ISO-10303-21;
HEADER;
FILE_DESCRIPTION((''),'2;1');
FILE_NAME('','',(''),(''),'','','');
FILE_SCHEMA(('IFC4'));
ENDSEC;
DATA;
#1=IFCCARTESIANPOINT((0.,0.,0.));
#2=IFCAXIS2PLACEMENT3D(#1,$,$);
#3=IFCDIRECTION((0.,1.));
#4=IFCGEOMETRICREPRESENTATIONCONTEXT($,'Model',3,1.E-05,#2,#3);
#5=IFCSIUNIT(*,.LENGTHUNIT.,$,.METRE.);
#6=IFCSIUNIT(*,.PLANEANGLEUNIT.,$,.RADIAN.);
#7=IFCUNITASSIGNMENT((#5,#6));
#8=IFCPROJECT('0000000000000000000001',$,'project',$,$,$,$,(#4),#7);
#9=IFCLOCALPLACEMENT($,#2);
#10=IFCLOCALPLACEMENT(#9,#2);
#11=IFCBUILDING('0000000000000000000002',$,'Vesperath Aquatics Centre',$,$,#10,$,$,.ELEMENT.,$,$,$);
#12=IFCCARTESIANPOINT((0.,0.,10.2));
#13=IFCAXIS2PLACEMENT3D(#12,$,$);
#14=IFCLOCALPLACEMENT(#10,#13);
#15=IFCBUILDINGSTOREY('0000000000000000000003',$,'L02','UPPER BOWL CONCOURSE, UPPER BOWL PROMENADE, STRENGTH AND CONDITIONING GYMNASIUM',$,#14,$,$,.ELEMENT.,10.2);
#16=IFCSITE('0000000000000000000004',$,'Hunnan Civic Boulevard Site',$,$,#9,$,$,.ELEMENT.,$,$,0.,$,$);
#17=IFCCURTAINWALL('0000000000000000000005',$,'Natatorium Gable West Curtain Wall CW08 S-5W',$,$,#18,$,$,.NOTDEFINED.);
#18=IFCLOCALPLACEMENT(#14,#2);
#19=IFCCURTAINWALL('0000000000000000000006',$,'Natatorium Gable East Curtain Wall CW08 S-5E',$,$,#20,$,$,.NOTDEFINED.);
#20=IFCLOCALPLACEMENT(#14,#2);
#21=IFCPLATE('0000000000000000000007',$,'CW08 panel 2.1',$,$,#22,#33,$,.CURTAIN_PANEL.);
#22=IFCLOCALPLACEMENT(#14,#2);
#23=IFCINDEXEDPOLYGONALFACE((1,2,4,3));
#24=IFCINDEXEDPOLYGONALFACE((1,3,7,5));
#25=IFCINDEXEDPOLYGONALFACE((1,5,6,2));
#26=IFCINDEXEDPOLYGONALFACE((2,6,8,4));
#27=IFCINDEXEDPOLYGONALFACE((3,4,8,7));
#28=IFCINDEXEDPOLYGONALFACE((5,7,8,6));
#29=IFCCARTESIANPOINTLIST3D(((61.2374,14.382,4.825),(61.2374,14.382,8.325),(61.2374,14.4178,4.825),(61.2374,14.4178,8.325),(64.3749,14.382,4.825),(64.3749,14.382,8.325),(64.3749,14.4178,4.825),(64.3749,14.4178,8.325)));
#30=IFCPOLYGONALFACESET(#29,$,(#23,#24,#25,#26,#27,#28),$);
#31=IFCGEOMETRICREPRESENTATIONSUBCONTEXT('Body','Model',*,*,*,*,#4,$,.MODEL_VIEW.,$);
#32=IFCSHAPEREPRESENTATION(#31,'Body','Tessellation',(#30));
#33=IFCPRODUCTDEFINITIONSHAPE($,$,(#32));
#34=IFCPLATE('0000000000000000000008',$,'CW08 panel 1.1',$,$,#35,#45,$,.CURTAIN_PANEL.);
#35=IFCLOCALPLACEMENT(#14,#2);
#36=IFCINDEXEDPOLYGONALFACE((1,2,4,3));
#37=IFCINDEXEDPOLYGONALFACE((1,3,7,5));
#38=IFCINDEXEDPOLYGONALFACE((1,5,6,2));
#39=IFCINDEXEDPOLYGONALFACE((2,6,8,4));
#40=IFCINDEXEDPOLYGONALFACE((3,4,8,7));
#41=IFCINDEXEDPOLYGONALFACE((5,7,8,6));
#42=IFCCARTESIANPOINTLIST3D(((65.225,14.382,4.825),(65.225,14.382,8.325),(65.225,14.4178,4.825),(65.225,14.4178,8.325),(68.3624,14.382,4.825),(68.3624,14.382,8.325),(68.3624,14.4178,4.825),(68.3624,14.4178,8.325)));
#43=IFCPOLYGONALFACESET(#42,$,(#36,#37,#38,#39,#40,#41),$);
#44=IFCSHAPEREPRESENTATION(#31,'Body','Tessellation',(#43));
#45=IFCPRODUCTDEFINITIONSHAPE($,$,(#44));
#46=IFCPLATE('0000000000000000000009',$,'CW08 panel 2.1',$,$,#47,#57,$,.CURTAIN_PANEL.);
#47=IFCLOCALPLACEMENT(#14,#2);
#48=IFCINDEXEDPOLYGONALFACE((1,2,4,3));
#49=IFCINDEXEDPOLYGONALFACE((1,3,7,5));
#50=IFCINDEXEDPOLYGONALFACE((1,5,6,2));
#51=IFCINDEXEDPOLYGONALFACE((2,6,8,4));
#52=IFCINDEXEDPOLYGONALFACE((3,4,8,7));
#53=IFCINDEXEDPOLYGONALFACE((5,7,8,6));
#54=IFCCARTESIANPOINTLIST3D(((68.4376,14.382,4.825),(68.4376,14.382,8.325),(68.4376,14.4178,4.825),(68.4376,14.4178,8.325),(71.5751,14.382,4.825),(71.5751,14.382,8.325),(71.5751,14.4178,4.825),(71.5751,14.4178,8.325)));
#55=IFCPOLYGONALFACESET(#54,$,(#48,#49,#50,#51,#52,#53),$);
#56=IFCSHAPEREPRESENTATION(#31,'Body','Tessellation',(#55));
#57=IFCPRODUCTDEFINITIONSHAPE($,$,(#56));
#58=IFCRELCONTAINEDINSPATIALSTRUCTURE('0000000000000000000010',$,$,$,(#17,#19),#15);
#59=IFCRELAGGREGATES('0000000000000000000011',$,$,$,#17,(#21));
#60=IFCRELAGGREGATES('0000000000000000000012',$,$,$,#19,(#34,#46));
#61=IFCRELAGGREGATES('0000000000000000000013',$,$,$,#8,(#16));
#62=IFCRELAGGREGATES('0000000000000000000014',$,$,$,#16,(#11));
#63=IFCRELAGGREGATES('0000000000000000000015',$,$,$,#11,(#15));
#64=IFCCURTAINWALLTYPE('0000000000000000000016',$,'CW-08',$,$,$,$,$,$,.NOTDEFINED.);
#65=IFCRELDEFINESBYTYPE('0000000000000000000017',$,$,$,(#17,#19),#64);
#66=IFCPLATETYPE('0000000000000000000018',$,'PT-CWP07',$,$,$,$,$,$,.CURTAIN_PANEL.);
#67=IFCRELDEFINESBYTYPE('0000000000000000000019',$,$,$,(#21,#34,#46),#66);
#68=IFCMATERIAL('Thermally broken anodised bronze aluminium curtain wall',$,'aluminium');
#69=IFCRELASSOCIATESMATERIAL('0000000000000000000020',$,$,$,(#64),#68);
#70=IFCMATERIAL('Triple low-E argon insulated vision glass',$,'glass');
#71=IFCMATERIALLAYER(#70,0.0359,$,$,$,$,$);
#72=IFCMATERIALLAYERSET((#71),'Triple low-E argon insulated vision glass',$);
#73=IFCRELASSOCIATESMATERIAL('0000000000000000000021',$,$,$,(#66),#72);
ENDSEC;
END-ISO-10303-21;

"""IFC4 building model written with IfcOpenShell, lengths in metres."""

from ifc_helpers import new_model, si_unit, direction, frame, origin, origin_2d, place, context, subcontext, project, spatial, rectangle, extrude, material, layer, layer_set, type_object, element, aggregate, save


model = new_model("IFC4")

# Units and contexts
model_context = context("Model", 3, precision=1e-05, world=origin(), true_north=direction((0.0, 1.0)))
body_context = subcontext(model_context, "Body", "Model", "MODEL_VIEW")
ifc_project = project(units=[si_unit("LENGTHUNIT", "METRE"), si_unit("PLANEANGLEUNIT", "RADIAN")], contexts=[model_context])

# Site, building, storey
site_placement = place(None, origin())
site = spatial("IfcSite", under=ifc_project, at=site_placement, Name="Hunnan Civic Boulevard Site", CompositionType="ELEMENT", RefElevation=0.0)
building_placement = place(site_placement, origin())
building = spatial("IfcBuilding", under=site, at=building_placement, Name="Vesperath Aquatics Centre", CompositionType="ELEMENT")
storey_placement = place(building_placement, frame((0.0, 0.0, 10.2)))
storey = spatial("IfcBuildingStorey", under=building, at=storey_placement, Name="L02", Description="UPPER BOWL CONCOURSE, UPPER BOWL PROMENADE, STRENGTH AND CONDITIONING GYMNASIUM", CompositionType="ELEMENT", Elevation=10.2)

# Curtain walls
ifc_material_1 = material(Name="Thermally broken anodised bronze aluminium curtain wall", Category="aluminium")
curtain_wall_type_1 = type_object("IfcCurtainWallType", Name="CW-08", PredefinedType="NOTDEFINED", material=ifc_material_1)
curtain_wall_1_placement = place(storey_placement, origin())
curtain_wall_1 = element("IfcCurtainWall", 1, at=curtain_wall_1_placement, inside=storey, type_object=curtain_wall_type_1, Name="Natatorium Gable West Curtain Wall CW08 S-5W", PredefinedType="NOTDEFINED")
curtain_wall_2_placement = place(storey_placement, origin())
curtain_wall_2 = element("IfcCurtainWall", 2, at=curtain_wall_2_placement, inside=storey, type_object=curtain_wall_type_1, Name="Natatorium Gable East Curtain Wall CW08 S-5E", PredefinedType="NOTDEFINED")

# Plates
ifc_material_2 = material(Name="Triple low-E argon insulated vision glass", Category="glass")
ifc_layer_1 = layer(ifc_material_2, 0.0359)
ifc_layer_set_1 = layer_set([ifc_layer_1], Name="Triple low-E argon insulated vision glass")
plate_type_1 = type_object("IfcPlateType", Name="PT-CWP07", PredefinedType="CURTAIN_PANEL", material=ifc_layer_set_1)
plate_1_placement = place(storey_placement, frame((62.8062, 14.3999, 4.825), z_axis=(0.0, 0.0, 1.0), x_axis=(1.0, 0.0, 0.0)))
plate_1 = element("IfcPlate", 3, at=plate_1_placement, type_object=plate_type_1, Name="CW08 panel 2.1", PredefinedType="CURTAIN_PANEL", context=body_context, shape_type="SweptSolid", body=[
    extrude(rectangle(XDim=3.1375, YDim=0.0359, at=origin_2d()), origin(), (0.0, 0.0, 1.0), 3.5),
])
aggregate(curtain_wall_1, [plate_1])
plate_2_placement = place(storey_placement, frame((66.7937, 14.3999, 4.825), z_axis=(0.0, 0.0, 1.0), x_axis=(1.0, 0.0, 0.0)))
plate_2 = element("IfcPlate", 4, at=plate_2_placement, type_object=plate_type_1, Name="CW08 panel 1.1", PredefinedType="CURTAIN_PANEL", context=body_context, shape_type="SweptSolid", body=[
    extrude(rectangle(XDim=3.1375, YDim=0.0359, at=origin_2d()), origin(), (0.0, 0.0, 1.0), 3.5),
])
plate_3_placement = place(storey_placement, frame((70.0063, 14.3999, 4.825), z_axis=(0.0, 0.0, 1.0), x_axis=(1.0, 0.0, 0.0)))
plate_3 = element("IfcPlate", 5, at=plate_3_placement, type_object=plate_type_1, Name="CW08 panel 2.1", PredefinedType="CURTAIN_PANEL", context=body_context, shape_type="SweptSolid", body=[
    extrude(rectangle(XDim=3.1375, YDim=0.0359, at=origin_2d()), origin(), (0.0, 0.0, 1.0), 3.5),
])
aggregate(curtain_wall_2, [plate_2, plate_3])

save(model, "model.ifc")
